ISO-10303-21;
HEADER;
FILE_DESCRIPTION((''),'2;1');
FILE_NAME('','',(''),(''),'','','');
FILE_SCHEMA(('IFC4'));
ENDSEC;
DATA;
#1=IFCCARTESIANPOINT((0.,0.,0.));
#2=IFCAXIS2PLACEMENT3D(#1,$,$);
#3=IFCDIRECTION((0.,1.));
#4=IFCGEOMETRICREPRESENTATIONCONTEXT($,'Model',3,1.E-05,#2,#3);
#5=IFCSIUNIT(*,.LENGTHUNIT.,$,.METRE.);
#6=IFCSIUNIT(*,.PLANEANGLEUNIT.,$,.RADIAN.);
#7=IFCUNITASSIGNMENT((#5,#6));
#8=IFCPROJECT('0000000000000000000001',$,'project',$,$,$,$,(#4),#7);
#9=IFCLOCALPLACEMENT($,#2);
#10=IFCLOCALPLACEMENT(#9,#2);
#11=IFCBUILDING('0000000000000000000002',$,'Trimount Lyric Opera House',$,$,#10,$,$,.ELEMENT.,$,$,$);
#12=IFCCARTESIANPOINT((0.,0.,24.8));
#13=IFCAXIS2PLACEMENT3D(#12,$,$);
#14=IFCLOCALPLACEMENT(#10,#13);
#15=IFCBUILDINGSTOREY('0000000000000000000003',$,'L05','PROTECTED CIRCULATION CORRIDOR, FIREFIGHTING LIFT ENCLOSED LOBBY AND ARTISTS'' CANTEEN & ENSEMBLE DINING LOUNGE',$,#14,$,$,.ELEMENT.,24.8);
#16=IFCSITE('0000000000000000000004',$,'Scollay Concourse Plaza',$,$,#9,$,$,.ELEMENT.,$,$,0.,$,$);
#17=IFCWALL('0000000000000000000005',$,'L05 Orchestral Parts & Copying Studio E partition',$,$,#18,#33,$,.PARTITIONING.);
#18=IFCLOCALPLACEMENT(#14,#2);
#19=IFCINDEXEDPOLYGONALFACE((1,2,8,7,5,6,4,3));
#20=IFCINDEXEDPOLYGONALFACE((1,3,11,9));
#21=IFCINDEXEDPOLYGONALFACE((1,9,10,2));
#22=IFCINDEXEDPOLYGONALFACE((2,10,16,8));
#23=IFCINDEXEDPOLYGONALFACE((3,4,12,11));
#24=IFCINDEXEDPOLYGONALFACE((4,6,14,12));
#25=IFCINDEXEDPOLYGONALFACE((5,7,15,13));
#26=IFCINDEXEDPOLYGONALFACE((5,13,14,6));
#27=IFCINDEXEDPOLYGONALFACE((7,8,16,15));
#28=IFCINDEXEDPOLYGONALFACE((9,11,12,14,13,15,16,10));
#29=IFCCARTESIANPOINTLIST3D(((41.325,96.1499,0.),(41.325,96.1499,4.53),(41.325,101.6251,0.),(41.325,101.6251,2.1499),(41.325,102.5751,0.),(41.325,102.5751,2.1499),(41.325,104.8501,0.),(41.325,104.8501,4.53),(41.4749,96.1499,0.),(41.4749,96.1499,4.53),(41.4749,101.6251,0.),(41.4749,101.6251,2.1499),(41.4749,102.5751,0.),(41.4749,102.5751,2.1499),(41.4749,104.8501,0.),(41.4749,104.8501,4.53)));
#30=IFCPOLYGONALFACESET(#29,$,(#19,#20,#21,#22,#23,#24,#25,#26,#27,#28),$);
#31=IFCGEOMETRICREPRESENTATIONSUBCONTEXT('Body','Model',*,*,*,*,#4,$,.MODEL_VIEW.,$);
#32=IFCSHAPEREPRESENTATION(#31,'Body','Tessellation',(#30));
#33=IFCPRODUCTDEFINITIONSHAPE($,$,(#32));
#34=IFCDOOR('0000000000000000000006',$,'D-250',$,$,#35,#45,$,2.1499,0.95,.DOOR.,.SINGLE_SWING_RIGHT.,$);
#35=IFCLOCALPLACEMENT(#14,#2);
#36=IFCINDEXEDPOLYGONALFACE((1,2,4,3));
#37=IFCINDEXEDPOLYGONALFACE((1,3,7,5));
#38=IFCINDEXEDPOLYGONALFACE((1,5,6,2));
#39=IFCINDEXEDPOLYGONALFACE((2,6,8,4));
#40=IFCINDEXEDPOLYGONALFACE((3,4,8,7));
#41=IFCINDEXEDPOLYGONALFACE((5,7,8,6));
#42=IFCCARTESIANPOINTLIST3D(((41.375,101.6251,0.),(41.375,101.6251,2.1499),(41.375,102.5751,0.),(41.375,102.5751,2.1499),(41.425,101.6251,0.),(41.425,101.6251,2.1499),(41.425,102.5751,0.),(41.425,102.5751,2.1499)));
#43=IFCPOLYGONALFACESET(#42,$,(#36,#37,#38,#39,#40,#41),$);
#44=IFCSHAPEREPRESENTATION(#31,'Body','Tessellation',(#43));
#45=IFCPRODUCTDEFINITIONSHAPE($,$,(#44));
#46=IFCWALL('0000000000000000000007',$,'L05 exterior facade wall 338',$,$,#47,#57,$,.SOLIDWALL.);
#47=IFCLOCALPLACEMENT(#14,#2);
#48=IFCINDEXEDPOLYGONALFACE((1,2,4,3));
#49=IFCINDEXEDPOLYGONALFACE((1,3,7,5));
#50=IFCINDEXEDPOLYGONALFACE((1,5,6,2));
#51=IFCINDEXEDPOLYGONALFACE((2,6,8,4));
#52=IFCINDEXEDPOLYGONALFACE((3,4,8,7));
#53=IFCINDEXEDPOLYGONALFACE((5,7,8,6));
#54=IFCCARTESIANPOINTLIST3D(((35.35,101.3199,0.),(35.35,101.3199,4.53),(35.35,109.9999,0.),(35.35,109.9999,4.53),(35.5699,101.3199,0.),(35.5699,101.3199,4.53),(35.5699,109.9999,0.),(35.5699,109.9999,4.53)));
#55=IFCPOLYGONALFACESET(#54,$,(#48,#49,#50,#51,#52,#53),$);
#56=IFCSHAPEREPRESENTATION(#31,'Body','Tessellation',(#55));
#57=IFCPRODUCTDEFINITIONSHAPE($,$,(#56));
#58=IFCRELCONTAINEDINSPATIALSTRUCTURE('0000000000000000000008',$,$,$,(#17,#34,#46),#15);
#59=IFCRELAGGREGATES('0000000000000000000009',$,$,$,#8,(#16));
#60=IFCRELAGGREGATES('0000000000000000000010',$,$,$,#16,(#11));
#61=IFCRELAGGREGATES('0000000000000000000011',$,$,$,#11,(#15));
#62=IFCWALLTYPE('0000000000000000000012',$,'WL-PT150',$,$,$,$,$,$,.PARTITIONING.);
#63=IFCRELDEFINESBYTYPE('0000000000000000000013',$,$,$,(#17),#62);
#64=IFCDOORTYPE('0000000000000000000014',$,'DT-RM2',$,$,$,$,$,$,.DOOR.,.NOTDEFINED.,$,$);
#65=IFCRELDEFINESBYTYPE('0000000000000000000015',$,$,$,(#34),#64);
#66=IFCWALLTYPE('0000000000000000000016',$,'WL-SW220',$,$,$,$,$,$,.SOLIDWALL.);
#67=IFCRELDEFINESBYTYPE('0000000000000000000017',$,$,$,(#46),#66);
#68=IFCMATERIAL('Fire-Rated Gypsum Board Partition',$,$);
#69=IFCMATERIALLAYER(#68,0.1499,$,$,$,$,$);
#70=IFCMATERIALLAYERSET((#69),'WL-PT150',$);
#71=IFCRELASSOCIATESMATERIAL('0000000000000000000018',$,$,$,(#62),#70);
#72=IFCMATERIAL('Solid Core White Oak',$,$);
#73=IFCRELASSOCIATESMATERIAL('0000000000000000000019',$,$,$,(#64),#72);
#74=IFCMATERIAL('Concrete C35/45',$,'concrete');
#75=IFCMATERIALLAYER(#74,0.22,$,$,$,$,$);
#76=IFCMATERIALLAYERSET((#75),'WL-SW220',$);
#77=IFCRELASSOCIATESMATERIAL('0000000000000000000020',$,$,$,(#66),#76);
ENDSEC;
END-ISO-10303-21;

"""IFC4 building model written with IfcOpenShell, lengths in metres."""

from ifc_helpers import new_model, si_unit, direction, frame, frame_2d, origin, place, context, subcontext, project, spatial, rectangle, extrude, material, layer, layer_set, type_object, element, fill, save


model = new_model("IFC4")

# Units and contexts
model_context = context("Model", 3, precision=1e-05, world=origin(), true_north=direction((0.0, 1.0)))
body_context = subcontext(model_context, "Body", "Model", "MODEL_VIEW")
ifc_project = project(units=[si_unit("LENGTHUNIT", "METRE"), si_unit("PLANEANGLEUNIT", "RADIAN")], contexts=[model_context])

# Site, building, storey
site_placement = place(None, origin())
site = spatial("IfcSite", under=ifc_project, at=site_placement, Name="Scollay Concourse Plaza", CompositionType="ELEMENT", RefElevation=0.0)
building_placement = place(site_placement, origin())
building = spatial("IfcBuilding", under=site, at=building_placement, Name="Trimount Lyric Opera House", CompositionType="ELEMENT")
storey_placement = place(building_placement, frame((0.0, 0.0, 24.8)))
storey = spatial("IfcBuildingStorey", under=building, at=storey_placement, Name="L05", Description="PROTECTED CIRCULATION CORRIDOR, FIREFIGHTING LIFT ENCLOSED LOBBY AND ARTISTS' CANTEEN & ENSEMBLE DINING LOUNGE", CompositionType="ELEMENT", Elevation=24.8)

# Shared definitions
ifc_material_1 = material(Name="Fire-Rated Gypsum Board Partition")
ifc_layer_1 = layer(ifc_material_1, 0.1499)
ifc_layer_set_1 = layer_set([ifc_layer_1], Name="WL-PT150")
wall_type_1 = type_object("IfcWallType", Name="WL-PT150", PredefinedType="PARTITIONING", material=ifc_layer_set_1)

# Wall, opening, door
wall_1_placement = place(storey_placement, frame((41.3999, 96.1499, 0.0), z_axis=(0.0, 0.0, 1.0), x_axis=(0.0, 1.0, 0.0)))
wall_1 = element("IfcWall", 1, at=wall_1_placement, inside=storey, type_object=wall_type_1, Name="L05 Orchestral Parts & Copying Studio E partition", PredefinedType="PARTITIONING", context=body_context, shape_type="SweptSolid", body=[
    extrude(rectangle(XDim=8.7002, YDim=0.1499, at=frame_2d((4.3501, 0.0))), origin(), (0.0, 0.0, 1.0), 4.53),
])
opening_placement = place(wall_1_placement, frame((5.4751, 0.0, 0.0)))
opening = element("IfcOpeningElement", 2, at=opening_placement, cuts=wall_1, PredefinedType="OPENING", context=body_context, shape_type="SweptSolid", body=[
    extrude(rectangle(XDim=0.95, YDim=2.1499, at=frame_2d((0.4751, 1.075))), frame((0.0, 0.085, 0.0), z_axis=(0.0, -1.0, 0.0), x_axis=(1.0, 0.0, 0.0)), (0.0, 0.0, 1.0), 0.1699),
])
ifc_material_2 = material(Name="Solid Core White Oak")
door_type = type_object("IfcDoorType", Name="DT-RM2", OperationType="NOTDEFINED", PredefinedType="DOOR", material=ifc_material_2)
door_placement = place(opening_placement, origin())
door = element("IfcDoor", 3, at=door_placement, inside=storey, type_object=door_type, Name="D-250", OperationType="SINGLE_SWING_RIGHT", OverallHeight=2.1499, OverallWidth=0.95, PredefinedType="DOOR", context=body_context, shape_type="SweptSolid", body=[
    extrude(rectangle(XDim=0.95, YDim=2.1499, at=frame_2d((0.4751, 1.075))), frame((0.0, 0.0249, 0.0), z_axis=(0.0, -1.0, 0.0), x_axis=(1.0, 0.0, 0.0)), (0.0, 0.0, 1.0), 0.05),
])
fill(opening, door)

# Wall
ifc_material_3 = material(Name="Concrete C35/45", Category="concrete")
ifc_layer_2 = layer(ifc_material_3, 0.22)
ifc_layer_set_2 = layer_set([ifc_layer_2], Name="WL-SW220")
wall_type_2 = type_object("IfcWallType", Name="WL-SW220", PredefinedType="SOLIDWALL", material=ifc_layer_set_2)
wall_2_placement = place(storey_placement, frame((35.46, 101.3201, 0.0), z_axis=(0.0, 0.0, 1.0), x_axis=(0.0, 1.0, 0.0)))
element("IfcWall", 4, at=wall_2_placement, inside=storey, type_object=wall_type_2, Name="L05 exterior facade wall 338", PredefinedType="SOLIDWALL", context=body_context, shape_type="SweptSolid", body=[
    extrude(rectangle(XDim=8.6799, YDim=0.22, at=frame_2d((4.3398, 0.0))), origin(), (0.0, 0.0, 1.0), 4.53),
])

save(model, "model.ifc")
